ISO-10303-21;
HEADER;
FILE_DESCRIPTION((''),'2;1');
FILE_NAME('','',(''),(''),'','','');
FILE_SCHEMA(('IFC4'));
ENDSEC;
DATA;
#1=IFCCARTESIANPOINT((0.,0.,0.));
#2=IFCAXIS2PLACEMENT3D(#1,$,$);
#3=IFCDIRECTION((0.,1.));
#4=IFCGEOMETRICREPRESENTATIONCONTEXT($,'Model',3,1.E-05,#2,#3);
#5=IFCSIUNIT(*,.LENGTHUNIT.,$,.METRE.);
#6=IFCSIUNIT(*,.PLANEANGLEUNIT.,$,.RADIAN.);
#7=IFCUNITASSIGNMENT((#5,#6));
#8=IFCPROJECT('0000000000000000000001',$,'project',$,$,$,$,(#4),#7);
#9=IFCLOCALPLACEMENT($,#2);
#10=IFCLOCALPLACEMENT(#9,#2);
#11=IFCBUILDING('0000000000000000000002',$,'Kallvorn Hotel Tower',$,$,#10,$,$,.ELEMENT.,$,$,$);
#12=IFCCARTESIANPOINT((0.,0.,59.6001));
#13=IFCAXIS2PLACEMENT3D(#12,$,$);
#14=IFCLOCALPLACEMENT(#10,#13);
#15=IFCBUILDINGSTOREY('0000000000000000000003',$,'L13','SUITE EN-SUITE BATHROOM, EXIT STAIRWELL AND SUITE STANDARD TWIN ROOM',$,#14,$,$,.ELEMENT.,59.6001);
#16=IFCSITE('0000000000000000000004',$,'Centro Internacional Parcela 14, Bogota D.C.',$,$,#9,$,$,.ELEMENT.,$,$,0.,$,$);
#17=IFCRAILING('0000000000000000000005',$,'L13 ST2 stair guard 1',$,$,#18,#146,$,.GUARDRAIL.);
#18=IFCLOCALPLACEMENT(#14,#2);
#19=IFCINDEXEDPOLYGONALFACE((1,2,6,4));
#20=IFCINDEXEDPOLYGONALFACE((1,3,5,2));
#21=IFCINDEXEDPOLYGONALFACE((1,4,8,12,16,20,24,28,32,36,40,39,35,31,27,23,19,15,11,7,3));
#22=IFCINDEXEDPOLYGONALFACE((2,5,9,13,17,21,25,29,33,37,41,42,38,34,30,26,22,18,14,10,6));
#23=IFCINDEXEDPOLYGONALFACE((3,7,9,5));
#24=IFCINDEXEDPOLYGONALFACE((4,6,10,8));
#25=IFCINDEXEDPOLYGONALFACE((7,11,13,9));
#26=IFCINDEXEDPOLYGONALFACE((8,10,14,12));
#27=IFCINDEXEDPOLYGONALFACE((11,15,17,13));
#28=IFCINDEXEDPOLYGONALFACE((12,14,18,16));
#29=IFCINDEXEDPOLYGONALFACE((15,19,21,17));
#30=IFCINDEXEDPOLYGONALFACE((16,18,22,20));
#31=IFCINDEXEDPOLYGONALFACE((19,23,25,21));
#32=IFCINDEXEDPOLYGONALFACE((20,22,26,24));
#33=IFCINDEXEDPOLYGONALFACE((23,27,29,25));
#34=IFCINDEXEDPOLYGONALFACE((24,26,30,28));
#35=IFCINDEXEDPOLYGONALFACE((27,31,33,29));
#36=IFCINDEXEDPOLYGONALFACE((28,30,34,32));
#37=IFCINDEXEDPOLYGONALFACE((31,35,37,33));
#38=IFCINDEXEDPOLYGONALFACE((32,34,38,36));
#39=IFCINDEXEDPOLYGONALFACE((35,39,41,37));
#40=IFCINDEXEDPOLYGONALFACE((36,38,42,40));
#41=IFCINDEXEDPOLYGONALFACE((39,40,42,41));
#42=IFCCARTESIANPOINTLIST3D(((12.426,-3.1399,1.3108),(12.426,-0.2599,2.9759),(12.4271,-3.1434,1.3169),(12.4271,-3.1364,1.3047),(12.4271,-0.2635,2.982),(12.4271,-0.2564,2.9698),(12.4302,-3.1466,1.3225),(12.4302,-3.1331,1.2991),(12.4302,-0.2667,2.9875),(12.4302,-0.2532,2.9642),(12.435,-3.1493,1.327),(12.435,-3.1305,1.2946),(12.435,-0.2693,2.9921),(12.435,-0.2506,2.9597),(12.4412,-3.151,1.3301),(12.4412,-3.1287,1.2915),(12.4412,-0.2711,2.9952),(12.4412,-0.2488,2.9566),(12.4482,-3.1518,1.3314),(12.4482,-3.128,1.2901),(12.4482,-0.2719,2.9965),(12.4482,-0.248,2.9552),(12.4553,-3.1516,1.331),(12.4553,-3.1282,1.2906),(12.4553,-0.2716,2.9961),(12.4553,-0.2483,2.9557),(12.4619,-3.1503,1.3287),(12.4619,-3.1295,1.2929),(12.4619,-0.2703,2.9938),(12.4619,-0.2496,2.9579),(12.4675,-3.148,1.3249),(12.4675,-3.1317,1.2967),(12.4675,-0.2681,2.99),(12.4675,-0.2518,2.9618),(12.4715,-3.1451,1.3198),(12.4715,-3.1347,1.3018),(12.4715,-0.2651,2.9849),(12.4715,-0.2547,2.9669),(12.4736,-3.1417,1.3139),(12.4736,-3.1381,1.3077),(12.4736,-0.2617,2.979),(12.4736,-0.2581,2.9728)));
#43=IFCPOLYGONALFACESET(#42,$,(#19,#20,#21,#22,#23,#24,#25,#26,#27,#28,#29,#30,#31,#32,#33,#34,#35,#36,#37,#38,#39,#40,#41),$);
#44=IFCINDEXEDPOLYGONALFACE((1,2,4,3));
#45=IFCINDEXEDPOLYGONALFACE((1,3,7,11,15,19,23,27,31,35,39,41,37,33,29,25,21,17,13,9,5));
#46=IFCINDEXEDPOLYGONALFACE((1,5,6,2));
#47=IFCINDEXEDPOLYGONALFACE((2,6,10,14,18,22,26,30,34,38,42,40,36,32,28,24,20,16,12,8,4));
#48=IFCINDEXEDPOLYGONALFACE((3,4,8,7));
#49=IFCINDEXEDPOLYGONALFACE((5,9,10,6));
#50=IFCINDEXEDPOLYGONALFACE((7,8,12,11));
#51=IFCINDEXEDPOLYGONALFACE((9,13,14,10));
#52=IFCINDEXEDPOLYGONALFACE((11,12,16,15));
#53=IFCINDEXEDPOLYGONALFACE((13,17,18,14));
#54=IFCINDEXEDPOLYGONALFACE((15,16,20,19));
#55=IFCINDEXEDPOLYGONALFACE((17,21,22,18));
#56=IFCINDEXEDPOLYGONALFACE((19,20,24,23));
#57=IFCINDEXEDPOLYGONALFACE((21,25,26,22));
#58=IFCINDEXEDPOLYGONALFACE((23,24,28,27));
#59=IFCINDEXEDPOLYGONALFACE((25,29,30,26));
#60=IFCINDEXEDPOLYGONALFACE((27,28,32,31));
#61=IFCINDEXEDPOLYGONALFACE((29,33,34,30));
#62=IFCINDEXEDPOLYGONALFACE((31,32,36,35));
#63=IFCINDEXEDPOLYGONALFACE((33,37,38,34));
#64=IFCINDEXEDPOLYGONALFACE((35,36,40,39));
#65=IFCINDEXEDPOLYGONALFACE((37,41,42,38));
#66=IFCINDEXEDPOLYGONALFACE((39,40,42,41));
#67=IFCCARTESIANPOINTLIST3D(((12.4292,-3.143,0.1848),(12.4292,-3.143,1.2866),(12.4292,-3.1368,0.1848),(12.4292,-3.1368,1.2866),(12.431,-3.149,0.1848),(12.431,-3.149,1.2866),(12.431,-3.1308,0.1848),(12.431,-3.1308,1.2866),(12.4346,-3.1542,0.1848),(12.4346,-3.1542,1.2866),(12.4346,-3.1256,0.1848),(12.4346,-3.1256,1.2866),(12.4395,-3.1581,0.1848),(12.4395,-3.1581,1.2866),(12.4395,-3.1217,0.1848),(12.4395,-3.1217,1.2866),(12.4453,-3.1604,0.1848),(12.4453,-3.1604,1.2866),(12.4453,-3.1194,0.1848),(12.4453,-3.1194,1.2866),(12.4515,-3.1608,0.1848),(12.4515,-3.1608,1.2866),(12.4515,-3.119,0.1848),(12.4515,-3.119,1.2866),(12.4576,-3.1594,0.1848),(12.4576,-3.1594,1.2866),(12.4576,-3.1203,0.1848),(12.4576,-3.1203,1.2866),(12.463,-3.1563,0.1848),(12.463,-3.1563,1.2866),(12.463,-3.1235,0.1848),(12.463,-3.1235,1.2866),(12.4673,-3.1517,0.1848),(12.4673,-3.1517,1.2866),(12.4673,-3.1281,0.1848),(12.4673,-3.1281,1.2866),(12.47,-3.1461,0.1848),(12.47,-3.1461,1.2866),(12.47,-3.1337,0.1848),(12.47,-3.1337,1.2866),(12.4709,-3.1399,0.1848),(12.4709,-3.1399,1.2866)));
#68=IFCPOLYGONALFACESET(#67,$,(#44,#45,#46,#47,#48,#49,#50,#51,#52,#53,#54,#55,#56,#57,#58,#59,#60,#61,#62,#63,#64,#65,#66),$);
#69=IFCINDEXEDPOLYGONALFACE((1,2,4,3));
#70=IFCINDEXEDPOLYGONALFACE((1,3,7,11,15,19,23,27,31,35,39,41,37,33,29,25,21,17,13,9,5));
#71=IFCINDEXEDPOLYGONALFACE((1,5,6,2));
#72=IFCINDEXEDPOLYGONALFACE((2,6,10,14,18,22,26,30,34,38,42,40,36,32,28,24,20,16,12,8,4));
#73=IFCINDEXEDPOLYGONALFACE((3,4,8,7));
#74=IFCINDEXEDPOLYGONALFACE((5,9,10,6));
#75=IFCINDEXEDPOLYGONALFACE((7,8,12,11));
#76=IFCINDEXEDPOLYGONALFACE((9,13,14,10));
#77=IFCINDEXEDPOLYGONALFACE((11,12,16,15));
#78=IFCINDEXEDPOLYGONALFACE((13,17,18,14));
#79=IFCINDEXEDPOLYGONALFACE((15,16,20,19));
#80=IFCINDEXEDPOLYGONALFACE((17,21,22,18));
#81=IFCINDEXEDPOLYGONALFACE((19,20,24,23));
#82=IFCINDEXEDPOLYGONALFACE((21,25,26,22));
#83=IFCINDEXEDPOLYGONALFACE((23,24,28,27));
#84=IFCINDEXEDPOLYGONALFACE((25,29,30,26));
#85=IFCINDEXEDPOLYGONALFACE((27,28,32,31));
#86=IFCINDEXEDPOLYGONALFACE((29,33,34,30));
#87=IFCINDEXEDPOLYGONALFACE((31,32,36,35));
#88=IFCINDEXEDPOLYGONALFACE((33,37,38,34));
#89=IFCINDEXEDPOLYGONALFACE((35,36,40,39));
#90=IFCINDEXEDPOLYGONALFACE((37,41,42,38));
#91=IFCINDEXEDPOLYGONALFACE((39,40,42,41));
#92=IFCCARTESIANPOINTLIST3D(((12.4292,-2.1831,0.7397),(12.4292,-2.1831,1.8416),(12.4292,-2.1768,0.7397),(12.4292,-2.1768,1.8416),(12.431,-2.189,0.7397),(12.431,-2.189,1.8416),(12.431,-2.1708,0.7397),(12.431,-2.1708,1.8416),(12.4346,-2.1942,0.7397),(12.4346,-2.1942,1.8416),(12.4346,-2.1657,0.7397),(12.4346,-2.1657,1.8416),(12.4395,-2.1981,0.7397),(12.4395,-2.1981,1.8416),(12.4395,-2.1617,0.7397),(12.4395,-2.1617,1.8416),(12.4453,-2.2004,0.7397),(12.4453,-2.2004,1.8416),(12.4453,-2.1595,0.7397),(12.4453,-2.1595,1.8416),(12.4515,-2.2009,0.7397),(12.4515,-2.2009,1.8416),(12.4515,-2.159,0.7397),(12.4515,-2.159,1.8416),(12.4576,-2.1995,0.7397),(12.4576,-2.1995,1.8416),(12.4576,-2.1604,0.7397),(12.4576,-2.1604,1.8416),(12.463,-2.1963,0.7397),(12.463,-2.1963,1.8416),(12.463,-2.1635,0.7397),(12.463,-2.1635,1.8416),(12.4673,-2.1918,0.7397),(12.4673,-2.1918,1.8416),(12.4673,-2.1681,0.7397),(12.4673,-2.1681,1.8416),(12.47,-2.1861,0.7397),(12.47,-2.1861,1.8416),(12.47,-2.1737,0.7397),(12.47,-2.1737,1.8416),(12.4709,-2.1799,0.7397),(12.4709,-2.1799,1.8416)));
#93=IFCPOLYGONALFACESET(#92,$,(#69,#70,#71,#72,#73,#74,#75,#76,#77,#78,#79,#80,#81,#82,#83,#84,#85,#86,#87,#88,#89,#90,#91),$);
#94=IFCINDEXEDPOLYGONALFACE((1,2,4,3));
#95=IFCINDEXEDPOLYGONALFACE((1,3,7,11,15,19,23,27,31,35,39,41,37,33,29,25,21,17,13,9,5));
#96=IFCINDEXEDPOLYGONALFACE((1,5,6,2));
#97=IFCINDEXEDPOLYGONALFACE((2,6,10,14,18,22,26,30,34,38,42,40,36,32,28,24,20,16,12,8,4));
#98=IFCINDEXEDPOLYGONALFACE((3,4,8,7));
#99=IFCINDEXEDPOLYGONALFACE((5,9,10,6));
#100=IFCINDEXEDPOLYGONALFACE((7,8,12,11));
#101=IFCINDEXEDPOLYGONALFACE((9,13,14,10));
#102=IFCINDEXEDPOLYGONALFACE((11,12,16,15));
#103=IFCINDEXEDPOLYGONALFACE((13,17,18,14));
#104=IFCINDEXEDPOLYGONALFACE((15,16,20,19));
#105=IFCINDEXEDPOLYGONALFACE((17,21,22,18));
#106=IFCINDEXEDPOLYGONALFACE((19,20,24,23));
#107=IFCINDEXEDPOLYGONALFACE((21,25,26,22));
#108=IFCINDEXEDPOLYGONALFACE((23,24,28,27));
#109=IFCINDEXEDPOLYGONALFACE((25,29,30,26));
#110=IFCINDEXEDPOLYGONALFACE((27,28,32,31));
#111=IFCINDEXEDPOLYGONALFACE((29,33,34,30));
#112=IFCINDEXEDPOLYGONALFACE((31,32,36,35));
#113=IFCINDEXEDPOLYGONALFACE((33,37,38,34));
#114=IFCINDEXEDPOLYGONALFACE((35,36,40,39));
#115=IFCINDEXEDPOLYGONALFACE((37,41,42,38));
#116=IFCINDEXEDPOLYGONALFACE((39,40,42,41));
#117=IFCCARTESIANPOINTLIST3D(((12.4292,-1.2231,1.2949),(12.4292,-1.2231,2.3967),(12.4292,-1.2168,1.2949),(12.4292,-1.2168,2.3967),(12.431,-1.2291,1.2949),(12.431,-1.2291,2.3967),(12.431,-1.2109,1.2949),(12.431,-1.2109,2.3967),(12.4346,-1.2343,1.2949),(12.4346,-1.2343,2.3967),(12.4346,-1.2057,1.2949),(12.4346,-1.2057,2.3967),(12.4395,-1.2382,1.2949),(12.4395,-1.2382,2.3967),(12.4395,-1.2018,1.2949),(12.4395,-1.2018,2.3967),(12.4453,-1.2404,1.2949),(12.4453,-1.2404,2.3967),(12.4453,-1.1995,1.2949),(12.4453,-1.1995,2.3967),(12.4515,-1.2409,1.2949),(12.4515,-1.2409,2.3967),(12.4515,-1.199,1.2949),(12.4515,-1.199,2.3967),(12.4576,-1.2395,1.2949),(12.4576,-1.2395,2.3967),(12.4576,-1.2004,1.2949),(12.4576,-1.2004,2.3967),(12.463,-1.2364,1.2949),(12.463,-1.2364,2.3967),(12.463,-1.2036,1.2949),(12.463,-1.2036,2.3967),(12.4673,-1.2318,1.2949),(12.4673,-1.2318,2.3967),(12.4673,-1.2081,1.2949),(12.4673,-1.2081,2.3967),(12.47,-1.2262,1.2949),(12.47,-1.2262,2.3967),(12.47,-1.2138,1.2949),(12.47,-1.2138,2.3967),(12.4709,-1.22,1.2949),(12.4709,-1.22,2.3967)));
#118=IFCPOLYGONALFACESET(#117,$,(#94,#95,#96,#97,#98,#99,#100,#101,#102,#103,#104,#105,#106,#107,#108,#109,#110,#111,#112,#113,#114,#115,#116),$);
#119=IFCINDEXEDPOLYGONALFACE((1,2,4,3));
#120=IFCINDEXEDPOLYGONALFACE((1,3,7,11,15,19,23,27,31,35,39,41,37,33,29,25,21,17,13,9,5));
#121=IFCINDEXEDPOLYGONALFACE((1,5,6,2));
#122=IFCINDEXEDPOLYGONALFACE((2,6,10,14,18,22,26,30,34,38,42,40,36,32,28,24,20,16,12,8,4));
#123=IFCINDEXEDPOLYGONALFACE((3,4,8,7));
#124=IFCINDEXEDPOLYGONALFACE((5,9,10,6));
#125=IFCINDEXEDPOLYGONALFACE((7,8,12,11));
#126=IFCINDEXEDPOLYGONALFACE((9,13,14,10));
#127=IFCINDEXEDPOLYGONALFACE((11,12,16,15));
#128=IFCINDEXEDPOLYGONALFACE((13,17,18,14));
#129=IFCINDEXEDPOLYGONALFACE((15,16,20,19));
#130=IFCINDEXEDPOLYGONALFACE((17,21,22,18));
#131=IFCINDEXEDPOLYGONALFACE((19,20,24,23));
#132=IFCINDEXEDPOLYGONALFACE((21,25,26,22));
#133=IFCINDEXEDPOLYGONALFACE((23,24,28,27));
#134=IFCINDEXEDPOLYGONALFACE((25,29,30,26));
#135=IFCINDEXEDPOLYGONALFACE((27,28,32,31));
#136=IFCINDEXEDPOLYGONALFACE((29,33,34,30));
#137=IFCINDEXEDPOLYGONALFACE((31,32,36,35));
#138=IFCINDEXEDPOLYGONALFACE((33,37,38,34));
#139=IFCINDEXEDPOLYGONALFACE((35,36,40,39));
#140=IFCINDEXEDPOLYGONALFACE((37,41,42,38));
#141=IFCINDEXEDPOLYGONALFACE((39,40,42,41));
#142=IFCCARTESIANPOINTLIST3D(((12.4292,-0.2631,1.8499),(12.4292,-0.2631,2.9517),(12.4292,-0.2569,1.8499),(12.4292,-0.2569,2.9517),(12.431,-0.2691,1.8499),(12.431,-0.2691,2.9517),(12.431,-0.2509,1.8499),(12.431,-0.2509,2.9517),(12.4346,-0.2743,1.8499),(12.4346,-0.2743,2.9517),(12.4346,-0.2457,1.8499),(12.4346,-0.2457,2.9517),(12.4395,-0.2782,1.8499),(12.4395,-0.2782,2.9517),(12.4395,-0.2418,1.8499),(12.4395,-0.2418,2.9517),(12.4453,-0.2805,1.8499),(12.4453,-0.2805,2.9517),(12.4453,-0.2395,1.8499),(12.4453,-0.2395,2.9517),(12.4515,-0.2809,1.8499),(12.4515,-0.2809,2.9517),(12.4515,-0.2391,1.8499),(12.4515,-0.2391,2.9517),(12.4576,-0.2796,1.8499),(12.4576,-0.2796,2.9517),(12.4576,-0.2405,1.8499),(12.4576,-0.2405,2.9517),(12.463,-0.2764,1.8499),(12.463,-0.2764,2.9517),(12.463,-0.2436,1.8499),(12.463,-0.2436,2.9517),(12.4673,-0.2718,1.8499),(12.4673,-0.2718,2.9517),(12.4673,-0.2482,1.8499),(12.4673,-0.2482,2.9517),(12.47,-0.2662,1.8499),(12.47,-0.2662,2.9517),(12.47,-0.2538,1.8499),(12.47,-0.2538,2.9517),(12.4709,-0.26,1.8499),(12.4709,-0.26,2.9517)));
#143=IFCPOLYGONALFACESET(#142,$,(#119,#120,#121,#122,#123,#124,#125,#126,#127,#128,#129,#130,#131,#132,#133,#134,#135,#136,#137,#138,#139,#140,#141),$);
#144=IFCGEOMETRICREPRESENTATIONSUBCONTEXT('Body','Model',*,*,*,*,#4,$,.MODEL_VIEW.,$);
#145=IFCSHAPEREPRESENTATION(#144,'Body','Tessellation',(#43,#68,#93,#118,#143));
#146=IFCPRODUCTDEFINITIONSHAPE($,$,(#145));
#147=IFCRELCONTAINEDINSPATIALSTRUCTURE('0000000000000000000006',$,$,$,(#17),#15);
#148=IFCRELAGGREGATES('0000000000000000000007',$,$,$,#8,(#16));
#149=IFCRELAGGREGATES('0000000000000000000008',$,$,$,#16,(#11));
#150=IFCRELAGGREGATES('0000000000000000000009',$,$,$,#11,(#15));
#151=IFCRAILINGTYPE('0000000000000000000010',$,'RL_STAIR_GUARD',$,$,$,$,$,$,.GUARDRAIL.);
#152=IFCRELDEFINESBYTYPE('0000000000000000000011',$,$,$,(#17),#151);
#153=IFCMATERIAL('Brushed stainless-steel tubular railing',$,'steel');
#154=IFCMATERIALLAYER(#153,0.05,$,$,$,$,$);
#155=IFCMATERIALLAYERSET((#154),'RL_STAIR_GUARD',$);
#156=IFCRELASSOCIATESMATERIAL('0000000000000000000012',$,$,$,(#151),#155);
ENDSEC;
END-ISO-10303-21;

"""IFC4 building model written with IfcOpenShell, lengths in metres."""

from ifc_helpers import new_model, si_unit, direction, frame, origin, origin_2d, place, context, subcontext, project, spatial, circle, extrude, material, layer, layer_set, type_object, element, save


model = new_model("IFC4")

# Units and contexts
model_context = context("Model", 3, precision=1e-05, world=origin(), true_north=direction((0.0, 1.0)))
body_context = subcontext(model_context, "Body", "Model", "MODEL_VIEW")
ifc_project = project(units=[si_unit("LENGTHUNIT", "METRE"), si_unit("PLANEANGLEUNIT", "RADIAN")], contexts=[model_context])

# Site, building, storey
site_placement = place(None, origin())
site = spatial("IfcSite", under=ifc_project, at=site_placement, Name="Centro Internacional Parcela 14, Bogota D.C.", CompositionType="ELEMENT", RefElevation=0.0)
building_placement = place(site_placement, origin())
building = spatial("IfcBuilding", under=site, at=building_placement, Name="Kallvorn Hotel Tower", CompositionType="ELEMENT")
storey_placement = place(building_placement, frame((0.0, 0.0, 59.6001)))
storey = spatial("IfcBuildingStorey", under=building, at=storey_placement, Name="L13", Description="SUITE EN-SUITE BATHROOM, EXIT STAIRWELL AND SUITE STANDARD TWIN ROOM", CompositionType="ELEMENT", Elevation=59.6001)

# Railing
ifc_material_1 = material(Name="Brushed stainless-steel tubular railing", Category="steel")
ifc_layer_1 = layer(ifc_material_1, 0.05)
ifc_layer_set_1 = layer_set([ifc_layer_1], Name="RL_STAIR_GUARD")
railing_type_1 = type_object("IfcRailingType", Name="RL_STAIR_GUARD", PredefinedType="GUARDRAIL", material=ifc_layer_set_1)
railing_1_placement = place(storey_placement, frame((12.45, -3.1399, 0.1848)))
element("IfcRailing", 1, at=railing_1_placement, inside=storey, type_object=railing_type_1, Name="L13 ST2 stair guard 1", PredefinedType="GUARDRAIL", context=body_context, shape_type="SweptSolid", body=[
    extrude(circle(Radius=0.0239, at=origin_2d()), frame((0.0, 0.0, 1.126), z_axis=(0.0, 0.865721, 0.500527), x_axis=(-1.0, 0.0, 0.0)), (0.0, 0.0, 1.0), 3.3267),
    extrude(circle(Radius=0.021, at=origin_2d()), origin(), (0.0, 0.0, 1.0), 1.1018),
    extrude(circle(Radius=0.021, at=origin_2d()), frame((0.0, 0.96, 0.5549)), (0.0, 0.0, 1.0), 1.1018),
    extrude(circle(Radius=0.021, at=origin_2d()), frame((0.0, 1.9199, 1.1101)), (0.0, 0.0, 1.0), 1.1018),
    extrude(circle(Radius=0.021, at=origin_2d()), frame((0.0, 2.8799, 1.665)), (0.0, 0.0, 1.0), 1.1018),
])

save(model, "model.ifc")
